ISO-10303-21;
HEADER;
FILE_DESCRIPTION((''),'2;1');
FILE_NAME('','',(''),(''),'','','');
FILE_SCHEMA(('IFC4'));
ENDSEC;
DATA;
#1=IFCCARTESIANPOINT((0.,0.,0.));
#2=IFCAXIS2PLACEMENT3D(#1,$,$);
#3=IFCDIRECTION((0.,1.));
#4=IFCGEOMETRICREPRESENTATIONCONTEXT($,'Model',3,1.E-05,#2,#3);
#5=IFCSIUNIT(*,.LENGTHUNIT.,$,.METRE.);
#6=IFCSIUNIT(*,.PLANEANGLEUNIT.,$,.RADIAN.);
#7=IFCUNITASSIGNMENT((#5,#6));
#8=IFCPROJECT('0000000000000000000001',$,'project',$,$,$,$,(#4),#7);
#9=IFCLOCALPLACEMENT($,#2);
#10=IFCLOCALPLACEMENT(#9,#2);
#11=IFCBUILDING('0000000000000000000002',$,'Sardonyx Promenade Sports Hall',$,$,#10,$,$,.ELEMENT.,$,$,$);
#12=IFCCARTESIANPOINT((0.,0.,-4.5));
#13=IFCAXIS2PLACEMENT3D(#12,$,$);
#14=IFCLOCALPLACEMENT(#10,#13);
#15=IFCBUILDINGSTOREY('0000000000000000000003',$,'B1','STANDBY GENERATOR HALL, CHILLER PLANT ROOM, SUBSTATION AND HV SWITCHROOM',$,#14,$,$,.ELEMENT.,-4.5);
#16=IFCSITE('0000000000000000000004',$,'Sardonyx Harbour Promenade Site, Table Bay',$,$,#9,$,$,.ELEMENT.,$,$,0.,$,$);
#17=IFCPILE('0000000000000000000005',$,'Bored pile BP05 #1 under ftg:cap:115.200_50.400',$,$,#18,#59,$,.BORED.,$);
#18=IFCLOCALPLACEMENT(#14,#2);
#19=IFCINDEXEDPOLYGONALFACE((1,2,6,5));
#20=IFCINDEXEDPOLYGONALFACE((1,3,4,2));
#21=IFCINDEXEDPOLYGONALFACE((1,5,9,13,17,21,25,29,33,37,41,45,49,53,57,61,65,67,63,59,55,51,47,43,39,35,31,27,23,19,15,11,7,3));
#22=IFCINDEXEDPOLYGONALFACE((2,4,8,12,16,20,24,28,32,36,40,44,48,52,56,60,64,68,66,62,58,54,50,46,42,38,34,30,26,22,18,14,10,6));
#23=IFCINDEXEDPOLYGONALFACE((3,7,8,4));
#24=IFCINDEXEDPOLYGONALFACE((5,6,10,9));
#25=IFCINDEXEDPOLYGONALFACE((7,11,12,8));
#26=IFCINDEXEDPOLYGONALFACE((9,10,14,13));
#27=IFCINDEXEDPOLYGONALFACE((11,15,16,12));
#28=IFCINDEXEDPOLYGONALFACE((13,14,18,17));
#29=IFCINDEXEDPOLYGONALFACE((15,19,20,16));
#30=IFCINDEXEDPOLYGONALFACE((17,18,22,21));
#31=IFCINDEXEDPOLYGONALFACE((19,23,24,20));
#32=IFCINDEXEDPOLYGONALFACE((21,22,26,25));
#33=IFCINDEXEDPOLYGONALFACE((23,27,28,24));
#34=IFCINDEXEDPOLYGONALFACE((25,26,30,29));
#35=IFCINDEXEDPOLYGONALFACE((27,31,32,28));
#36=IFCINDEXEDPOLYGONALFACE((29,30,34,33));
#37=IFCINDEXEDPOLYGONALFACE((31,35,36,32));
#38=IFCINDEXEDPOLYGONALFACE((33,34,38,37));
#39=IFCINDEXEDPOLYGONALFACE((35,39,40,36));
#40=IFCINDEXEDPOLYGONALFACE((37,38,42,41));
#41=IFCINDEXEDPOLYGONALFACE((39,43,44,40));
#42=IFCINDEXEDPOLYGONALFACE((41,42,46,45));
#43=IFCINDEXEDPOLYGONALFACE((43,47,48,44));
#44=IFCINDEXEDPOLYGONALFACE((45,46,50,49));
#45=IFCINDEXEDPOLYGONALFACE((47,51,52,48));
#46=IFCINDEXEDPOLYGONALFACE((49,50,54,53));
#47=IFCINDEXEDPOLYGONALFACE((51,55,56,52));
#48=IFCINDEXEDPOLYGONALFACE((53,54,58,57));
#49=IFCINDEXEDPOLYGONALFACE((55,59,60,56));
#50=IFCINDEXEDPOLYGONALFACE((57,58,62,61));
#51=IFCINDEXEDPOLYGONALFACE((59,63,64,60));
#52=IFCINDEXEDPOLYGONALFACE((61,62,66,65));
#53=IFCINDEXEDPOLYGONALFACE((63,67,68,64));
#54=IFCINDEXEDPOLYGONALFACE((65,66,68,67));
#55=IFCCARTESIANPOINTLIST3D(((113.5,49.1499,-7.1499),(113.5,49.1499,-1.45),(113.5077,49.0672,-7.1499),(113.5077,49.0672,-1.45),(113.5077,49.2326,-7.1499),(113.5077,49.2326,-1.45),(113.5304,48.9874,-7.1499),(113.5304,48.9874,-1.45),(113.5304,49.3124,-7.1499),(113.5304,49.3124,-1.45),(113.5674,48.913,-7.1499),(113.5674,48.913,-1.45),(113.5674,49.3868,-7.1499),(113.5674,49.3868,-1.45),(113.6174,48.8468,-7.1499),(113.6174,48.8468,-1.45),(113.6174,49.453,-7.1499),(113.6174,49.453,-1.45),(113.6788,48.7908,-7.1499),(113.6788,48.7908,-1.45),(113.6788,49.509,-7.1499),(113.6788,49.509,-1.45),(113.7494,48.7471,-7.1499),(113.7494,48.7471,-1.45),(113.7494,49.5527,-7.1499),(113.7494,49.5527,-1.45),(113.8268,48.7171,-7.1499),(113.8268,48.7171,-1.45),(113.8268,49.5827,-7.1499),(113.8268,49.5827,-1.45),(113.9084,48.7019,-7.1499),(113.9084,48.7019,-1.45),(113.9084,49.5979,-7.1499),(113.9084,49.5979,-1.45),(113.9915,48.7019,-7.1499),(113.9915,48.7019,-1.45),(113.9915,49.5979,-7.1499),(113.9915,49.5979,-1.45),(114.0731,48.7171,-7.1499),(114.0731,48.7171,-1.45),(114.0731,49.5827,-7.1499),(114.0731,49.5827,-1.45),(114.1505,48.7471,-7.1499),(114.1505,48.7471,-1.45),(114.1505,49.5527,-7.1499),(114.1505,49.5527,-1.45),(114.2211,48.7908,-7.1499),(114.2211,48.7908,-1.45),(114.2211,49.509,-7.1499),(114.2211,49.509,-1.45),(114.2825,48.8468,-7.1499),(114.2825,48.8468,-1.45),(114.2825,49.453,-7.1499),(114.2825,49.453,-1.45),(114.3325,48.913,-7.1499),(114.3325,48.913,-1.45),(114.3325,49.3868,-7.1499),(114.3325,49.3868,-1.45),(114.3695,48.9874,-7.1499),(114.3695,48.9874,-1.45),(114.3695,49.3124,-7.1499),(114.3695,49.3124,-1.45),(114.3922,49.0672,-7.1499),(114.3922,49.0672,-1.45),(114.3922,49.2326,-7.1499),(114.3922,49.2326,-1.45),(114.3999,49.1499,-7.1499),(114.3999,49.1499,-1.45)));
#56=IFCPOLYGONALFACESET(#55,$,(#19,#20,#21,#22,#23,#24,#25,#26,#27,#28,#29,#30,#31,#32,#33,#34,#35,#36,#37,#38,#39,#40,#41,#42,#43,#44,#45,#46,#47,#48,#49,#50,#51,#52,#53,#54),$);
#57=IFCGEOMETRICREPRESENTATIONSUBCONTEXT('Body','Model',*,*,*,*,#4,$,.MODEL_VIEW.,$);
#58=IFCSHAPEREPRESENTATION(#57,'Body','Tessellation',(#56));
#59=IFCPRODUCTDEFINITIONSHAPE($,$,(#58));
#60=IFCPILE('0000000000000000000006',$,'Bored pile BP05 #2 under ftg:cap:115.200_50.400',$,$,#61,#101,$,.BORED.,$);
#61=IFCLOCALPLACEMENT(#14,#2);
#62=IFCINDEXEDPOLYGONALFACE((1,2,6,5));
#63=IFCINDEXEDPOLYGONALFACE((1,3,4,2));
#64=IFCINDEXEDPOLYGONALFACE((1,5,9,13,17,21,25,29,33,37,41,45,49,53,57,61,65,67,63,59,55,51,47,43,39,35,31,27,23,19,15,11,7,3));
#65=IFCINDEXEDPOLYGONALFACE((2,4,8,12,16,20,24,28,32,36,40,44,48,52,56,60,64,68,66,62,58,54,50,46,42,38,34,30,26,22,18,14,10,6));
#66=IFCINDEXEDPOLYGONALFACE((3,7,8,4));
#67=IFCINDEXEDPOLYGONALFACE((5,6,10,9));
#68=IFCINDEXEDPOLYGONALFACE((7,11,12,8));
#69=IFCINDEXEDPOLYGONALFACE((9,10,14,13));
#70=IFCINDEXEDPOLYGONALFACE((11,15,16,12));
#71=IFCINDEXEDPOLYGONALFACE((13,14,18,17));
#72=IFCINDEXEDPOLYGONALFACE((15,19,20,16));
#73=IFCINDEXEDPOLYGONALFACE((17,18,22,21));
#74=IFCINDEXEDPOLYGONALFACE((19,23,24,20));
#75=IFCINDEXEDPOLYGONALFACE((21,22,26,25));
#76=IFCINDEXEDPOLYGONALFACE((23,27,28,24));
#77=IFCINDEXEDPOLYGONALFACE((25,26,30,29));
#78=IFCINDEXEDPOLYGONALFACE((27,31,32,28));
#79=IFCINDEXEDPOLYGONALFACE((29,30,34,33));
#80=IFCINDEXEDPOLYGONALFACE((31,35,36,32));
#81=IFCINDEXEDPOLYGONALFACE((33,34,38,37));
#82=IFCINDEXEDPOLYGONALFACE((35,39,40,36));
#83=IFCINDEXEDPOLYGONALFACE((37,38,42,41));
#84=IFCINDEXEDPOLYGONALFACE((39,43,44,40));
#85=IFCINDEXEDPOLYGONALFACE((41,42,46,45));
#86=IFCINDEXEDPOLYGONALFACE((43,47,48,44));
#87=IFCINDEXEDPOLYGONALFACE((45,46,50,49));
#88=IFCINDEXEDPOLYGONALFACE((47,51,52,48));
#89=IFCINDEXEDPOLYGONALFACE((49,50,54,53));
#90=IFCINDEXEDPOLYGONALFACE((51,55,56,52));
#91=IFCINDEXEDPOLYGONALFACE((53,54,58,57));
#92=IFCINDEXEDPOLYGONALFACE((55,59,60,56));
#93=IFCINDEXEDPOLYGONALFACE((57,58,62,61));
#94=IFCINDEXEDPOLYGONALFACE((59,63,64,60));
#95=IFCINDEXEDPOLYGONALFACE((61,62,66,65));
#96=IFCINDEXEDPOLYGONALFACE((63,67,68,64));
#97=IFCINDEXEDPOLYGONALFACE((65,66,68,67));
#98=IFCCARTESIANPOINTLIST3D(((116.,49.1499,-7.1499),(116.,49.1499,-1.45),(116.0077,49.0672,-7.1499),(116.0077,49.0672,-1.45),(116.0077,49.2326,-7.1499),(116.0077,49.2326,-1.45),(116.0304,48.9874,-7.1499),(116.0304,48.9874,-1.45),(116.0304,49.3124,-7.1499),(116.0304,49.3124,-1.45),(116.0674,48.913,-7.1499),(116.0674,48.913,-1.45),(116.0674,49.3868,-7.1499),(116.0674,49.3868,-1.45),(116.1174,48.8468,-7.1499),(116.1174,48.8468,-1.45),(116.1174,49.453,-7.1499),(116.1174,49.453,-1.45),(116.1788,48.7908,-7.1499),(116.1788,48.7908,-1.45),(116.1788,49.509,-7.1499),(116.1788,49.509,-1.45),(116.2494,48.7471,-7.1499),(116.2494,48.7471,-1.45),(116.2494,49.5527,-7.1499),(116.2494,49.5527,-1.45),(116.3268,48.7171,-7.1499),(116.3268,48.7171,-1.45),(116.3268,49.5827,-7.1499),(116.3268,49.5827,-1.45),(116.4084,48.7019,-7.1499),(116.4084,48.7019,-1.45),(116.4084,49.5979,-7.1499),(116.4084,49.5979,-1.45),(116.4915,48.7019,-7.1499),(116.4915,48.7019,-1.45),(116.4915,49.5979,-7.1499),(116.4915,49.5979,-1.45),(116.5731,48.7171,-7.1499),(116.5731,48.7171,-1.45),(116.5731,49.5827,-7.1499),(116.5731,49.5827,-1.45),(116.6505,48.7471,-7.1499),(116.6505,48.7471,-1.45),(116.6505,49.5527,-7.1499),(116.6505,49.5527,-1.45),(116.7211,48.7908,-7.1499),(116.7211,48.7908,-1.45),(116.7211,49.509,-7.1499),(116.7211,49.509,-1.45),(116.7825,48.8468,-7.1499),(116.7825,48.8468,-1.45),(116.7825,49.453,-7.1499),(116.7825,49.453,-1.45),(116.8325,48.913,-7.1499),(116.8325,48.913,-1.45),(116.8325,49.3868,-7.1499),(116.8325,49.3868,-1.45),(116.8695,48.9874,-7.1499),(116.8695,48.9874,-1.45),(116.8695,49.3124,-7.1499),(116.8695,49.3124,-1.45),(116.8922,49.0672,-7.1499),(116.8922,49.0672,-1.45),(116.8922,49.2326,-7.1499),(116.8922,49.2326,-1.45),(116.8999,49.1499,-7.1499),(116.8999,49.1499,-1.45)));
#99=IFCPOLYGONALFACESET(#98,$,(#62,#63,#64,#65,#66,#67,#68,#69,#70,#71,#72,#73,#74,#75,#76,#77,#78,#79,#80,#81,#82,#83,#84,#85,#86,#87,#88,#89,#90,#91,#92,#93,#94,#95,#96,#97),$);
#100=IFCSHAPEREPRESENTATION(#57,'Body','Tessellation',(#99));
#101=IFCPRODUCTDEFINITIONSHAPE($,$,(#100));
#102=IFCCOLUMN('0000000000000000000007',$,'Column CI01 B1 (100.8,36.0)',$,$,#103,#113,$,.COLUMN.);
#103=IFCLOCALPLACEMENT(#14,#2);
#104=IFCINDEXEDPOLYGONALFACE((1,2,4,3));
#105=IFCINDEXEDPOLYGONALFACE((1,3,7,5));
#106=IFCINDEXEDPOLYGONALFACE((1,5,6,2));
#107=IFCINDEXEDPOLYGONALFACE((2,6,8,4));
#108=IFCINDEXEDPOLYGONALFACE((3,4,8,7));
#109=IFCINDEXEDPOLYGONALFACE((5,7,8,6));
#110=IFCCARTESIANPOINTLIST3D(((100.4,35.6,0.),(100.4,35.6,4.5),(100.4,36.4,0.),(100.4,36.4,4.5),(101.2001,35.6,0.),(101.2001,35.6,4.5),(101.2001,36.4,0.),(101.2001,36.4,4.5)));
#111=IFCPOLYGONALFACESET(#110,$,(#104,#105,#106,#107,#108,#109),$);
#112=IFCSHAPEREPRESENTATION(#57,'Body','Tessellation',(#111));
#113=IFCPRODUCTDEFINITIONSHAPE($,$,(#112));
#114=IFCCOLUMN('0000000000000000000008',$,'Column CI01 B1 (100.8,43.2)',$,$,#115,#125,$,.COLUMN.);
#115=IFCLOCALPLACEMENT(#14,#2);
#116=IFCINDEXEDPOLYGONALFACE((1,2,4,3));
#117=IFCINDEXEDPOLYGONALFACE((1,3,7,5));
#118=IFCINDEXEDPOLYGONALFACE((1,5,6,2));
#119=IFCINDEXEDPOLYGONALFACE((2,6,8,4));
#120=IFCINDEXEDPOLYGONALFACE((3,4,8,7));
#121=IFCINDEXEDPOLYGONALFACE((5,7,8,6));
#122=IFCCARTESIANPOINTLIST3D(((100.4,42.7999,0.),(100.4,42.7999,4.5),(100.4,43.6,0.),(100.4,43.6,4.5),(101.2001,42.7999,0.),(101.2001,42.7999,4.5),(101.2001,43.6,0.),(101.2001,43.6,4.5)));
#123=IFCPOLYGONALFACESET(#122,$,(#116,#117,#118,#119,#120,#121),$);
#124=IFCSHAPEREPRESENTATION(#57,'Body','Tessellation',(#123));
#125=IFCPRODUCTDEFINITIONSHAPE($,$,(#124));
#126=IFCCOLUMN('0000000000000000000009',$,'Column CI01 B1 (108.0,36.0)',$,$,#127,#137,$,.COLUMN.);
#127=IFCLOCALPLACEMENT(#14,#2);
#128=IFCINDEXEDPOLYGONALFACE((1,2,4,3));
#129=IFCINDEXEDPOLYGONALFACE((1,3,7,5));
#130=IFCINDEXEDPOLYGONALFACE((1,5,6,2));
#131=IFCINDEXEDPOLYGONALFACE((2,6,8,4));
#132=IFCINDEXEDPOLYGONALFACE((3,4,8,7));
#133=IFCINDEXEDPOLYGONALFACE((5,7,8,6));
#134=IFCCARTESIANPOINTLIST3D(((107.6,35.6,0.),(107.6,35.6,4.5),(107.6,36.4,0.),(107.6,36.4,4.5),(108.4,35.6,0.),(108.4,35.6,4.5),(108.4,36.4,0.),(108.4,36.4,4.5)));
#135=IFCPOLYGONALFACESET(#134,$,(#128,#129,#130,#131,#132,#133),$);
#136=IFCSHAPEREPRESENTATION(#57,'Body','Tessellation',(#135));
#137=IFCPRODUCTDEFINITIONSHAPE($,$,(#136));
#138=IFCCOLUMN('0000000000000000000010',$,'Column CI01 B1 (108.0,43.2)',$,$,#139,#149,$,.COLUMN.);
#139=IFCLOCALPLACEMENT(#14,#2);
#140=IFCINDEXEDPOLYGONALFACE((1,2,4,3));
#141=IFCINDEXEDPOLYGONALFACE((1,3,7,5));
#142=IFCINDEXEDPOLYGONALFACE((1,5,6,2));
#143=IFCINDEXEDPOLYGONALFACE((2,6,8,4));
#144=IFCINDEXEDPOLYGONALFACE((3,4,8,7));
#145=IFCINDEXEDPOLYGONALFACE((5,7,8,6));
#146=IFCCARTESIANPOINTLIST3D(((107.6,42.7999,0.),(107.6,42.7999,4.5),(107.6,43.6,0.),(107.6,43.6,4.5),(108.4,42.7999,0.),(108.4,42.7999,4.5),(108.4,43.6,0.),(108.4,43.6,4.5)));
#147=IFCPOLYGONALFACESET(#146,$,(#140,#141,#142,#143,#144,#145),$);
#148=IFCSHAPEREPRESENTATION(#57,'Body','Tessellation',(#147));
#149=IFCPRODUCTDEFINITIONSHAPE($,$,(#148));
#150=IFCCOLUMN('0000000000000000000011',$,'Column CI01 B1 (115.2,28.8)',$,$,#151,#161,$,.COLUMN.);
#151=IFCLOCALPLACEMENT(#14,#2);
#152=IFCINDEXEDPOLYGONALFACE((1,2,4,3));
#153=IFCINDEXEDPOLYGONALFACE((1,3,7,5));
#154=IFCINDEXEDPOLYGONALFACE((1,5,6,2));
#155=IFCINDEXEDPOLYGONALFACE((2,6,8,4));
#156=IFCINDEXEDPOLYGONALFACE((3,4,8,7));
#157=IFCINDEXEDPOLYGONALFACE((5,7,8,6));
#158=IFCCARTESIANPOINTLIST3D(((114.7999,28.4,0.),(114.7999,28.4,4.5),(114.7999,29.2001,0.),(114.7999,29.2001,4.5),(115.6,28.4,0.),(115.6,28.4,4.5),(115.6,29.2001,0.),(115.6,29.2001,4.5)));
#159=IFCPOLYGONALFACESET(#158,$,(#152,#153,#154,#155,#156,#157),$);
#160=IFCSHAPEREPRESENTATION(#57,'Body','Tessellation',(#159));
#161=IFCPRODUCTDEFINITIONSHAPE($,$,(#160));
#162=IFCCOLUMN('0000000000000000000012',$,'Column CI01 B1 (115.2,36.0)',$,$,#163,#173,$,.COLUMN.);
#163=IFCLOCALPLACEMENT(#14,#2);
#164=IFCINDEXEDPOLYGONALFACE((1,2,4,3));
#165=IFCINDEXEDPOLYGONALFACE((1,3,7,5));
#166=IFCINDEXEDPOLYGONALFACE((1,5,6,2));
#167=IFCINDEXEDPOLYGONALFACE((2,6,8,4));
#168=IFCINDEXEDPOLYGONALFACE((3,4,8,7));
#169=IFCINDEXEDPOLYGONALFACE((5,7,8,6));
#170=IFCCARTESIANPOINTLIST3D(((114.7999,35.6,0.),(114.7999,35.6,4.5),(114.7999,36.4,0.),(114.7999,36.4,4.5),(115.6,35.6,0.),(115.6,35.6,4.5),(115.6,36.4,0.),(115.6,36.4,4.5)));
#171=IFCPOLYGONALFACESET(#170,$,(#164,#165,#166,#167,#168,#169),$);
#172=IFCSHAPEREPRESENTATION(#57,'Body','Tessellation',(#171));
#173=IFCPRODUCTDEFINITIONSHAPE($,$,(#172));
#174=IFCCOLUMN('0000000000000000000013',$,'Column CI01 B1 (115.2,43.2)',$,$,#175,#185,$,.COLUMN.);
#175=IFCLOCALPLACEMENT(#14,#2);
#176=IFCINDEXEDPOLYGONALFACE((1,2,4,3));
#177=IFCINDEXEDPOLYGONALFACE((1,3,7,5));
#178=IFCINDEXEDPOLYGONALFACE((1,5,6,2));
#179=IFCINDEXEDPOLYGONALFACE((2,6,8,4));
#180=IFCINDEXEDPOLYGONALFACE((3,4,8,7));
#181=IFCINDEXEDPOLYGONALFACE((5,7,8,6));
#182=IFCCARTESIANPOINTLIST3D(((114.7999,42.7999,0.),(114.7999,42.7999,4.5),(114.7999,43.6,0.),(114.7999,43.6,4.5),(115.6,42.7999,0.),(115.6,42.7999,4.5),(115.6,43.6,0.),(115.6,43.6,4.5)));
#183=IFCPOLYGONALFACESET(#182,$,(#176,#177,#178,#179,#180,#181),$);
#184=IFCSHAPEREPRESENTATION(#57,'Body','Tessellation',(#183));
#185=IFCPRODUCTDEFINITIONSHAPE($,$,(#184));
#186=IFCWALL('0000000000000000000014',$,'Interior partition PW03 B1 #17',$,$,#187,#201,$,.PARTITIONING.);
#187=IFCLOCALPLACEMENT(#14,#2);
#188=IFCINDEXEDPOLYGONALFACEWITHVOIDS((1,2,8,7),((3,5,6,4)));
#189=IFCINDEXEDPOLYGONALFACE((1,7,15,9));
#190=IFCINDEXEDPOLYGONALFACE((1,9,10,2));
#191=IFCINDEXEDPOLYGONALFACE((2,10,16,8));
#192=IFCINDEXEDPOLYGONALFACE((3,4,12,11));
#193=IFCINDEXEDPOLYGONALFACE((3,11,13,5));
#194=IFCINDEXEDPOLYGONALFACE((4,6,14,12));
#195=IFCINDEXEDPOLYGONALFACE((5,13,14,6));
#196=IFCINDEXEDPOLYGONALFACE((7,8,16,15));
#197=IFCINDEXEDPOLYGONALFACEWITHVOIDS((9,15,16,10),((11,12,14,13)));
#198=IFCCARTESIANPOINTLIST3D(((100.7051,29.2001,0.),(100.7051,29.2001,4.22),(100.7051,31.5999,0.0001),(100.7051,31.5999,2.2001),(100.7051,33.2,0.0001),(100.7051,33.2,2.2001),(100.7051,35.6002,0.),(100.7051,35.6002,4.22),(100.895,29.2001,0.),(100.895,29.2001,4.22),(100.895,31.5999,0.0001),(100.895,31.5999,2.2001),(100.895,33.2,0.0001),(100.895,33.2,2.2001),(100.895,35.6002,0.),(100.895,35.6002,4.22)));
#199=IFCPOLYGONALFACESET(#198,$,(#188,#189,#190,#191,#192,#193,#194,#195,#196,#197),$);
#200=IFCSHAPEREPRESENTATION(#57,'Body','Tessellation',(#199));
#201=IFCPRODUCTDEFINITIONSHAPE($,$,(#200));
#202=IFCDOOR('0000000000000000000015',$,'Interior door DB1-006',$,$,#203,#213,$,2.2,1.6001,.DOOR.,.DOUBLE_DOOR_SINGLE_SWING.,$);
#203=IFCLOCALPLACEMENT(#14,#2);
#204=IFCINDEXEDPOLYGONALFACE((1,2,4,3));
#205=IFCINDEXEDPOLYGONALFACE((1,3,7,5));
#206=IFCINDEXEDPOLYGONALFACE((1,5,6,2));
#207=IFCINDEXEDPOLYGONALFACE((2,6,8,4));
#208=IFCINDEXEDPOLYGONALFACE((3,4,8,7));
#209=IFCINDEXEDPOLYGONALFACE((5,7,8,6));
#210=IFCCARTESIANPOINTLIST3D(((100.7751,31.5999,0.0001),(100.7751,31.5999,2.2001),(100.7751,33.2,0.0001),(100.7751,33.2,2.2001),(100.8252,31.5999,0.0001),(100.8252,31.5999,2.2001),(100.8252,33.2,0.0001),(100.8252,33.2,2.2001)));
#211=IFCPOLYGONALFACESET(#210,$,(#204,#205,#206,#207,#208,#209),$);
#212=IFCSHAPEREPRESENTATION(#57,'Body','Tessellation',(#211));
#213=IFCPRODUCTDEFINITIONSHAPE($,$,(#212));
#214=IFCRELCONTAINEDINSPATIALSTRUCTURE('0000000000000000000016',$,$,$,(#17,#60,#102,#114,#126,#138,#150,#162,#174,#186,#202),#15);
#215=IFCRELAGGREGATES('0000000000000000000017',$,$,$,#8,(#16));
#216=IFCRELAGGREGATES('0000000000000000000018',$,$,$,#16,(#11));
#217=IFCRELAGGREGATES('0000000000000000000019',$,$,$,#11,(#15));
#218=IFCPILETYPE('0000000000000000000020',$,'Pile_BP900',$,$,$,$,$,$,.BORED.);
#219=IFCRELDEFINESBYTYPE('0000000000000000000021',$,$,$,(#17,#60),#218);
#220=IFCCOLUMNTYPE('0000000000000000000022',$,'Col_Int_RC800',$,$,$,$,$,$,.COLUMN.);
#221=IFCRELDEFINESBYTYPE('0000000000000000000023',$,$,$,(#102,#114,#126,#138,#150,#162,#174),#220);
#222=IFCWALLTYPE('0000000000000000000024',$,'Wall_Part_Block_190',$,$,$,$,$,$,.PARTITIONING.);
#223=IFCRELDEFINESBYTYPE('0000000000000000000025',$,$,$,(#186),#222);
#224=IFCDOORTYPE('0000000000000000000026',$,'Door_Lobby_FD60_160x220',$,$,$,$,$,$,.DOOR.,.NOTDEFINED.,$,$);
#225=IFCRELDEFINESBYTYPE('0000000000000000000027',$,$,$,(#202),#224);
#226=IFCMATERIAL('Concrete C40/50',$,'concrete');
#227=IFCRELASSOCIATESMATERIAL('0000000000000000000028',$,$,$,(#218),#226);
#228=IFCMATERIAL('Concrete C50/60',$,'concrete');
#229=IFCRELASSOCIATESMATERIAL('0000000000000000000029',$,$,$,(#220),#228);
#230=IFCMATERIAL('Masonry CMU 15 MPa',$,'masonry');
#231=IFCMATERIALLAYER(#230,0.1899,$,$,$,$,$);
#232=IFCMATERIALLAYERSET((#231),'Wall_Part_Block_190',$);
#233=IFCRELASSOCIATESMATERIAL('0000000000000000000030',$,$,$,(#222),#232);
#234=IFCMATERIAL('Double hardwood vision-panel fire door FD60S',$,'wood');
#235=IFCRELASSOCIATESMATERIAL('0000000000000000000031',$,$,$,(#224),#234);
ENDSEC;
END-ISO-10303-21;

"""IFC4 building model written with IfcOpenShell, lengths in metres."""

from ifc_helpers import new_model, si_unit, direction, frame, frame_2d, origin, origin_2d, place, context, subcontext, project, spatial, rectangle, circle, extrude, material, layer, layer_set, material_profile, profile_set, type_object, element, fill, save


model = new_model("IFC4")

# Units and contexts
model_context = context("Model", 3, precision=1e-05, world=origin(), true_north=direction((0.0, 1.0)))
body_context = subcontext(model_context, "Body", "Model", "MODEL_VIEW")
ifc_project = project(units=[si_unit("LENGTHUNIT", "METRE"), si_unit("PLANEANGLEUNIT", "RADIAN")], contexts=[model_context])

# Site, building, storey
site_placement = place(None, origin())
site = spatial("IfcSite", under=ifc_project, at=site_placement, Name="Sardonyx Harbour Promenade Site, Table Bay", CompositionType="ELEMENT", RefElevation=0.0)
building_placement = place(site_placement, origin())
building = spatial("IfcBuilding", under=site, at=building_placement, Name="Sardonyx Promenade Sports Hall", CompositionType="ELEMENT")
storey_placement = place(building_placement, frame((0.0, 0.0, -4.5)))
storey = spatial("IfcBuildingStorey", under=building, at=storey_placement, Name="B1", Description="STANDBY GENERATOR HALL, CHILLER PLANT ROOM, SUBSTATION AND HV SWITCHROOM", CompositionType="ELEMENT", Elevation=-4.5)

# Piles
ifc_material_1 = material(Name="Concrete C40/50", Category="concrete")
ifc_material_profile_1 = material_profile(ifc_material_1, circle(Radius=0.45, at=origin_2d()))
ifc_profile_set_1 = profile_set([ifc_material_profile_1], Name="Concrete C40/50")
pile_type_1 = type_object("IfcPileType", Name="Pile_BP900", PredefinedType="BORED", material=ifc_profile_set_1)
for number, where, z_axis, x_axis, name in (
    (1, (113.95, 49.1499, -1.45), (0.0, 0.0, -1.0), (1.0, 0.0, 0.0), "Bored pile BP05 #1 under ftg:cap:115.200_50.400"),
    (2, (116.45, 49.1499, -1.45), (0.0, 0.0, -1.0), (1.0, 0.0, 0.0), "Bored pile BP05 #2 under ftg:cap:115.200_50.400"),
):
    element("IfcPile", number, at=place(storey_placement, frame(where, z_axis=z_axis, x_axis=x_axis)), inside=storey, type_object=pile_type_1, Name=name, PredefinedType="BORED", context=body_context, shape_type="SweptSolid", body=[
        extrude(circle(Radius=0.45, at=origin_2d()), origin(), (0.0, 0.0, 1.0), 5.7),
    ])

# Columns
ifc_material_2 = material(Name="Concrete C50/60", Category="concrete")
ifc_material_profile_2 = material_profile(ifc_material_2, rectangle(XDim=0.8, YDim=0.8, at=origin_2d()))
ifc_profile_set_2 = profile_set([ifc_material_profile_2], Name="Concrete C50/60")
column_type = type_object("IfcColumnType", Name="Col_Int_RC800", PredefinedType="COLUMN", material=ifc_profile_set_2)
for number, where, z_axis, x_axis, name in (
    (3, (100.8, 36.0, 0.0), (0.0, 0.0, 1.0), (1.0, 0.0, 0.0), "Column CI01 B1 (100.8,36.0)"),
    (4, (100.8, 43.2, 0.0), (0.0, 0.0, 1.0), (1.0, 0.0, 0.0), "Column CI01 B1 (100.8,43.2)"),
    (5, (108.0, 36.0, 0.0), (0.0, 0.0, 1.0), (1.0, 0.0, 0.0), "Column CI01 B1 (108.0,36.0)"),
    (6, (108.0, 43.2, 0.0), (0.0, 0.0, 1.0), (1.0, 0.0, 0.0), "Column CI01 B1 (108.0,43.2)"),
    (7, (115.2, 28.8, 0.0), (0.0, 0.0, 1.0), (1.0, 0.0, 0.0), "Column CI01 B1 (115.2,28.8)"),
    (8, (115.2, 36.0, 0.0), (0.0, 0.0, 1.0), (1.0, 0.0, 0.0), "Column CI01 B1 (115.2,36.0)"),
    (9, (115.2, 43.2, 0.0), (0.0, 0.0, 1.0), (1.0, 0.0, 0.0), "Column CI01 B1 (115.2,43.2)"),
):
    element("IfcColumn", number, at=place(storey_placement, frame(where, z_axis=z_axis, x_axis=x_axis)), inside=storey, type_object=column_type, Name=name, PredefinedType="COLUMN", context=body_context, shape_type="SweptSolid", body=[
        extrude(rectangle(XDim=0.8, YDim=0.8, at=origin_2d()), origin(), (0.0, 0.0, 1.0), 4.5),
    ])

# Wall, opening, door
ifc_material_3 = material(Name="Masonry CMU 15 MPa", Category="masonry")
ifc_layer_1 = layer(ifc_material_3, 0.1899)
ifc_layer_set_1 = layer_set([ifc_layer_1], Name="Wall_Part_Block_190")
wall_type_1 = type_object("IfcWallType", Name="Wall_Part_Block_190", PredefinedType="PARTITIONING", material=ifc_layer_set_1)
wall_1_placement = place(storey_placement, frame((100.8, 29.2, 0.0), z_axis=(0.0, 0.0, 1.0), x_axis=(0.0, 1.0, 0.0)))
wall_1 = element("IfcWall", 10, at=wall_1_placement, inside=storey, type_object=wall_type_1, Name="Interior partition PW03 B1 #17", PredefinedType="PARTITIONING", context=body_context, shape_type="SweptSolid", body=[
    extrude(rectangle(XDim=6.4001, YDim=0.1899, at=frame_2d((3.2002, 0.0))), origin(), (0.0, 0.0, 1.0), 4.22),
])
opening_1_placement = place(wall_1_placement, frame((2.3999, 0.0, 0.0)))
opening_1 = element("IfcOpeningElement", 11, at=opening_1_placement, cuts=wall_1, PredefinedType="OPENING", context=body_context, shape_type="SweptSolid", body=[
    extrude(rectangle(XDim=1.6001, YDim=2.2, at=frame_2d((0.8, 1.1001))), frame((0.0, 0.105, 0.0), z_axis=(0.0, -1.0, 0.0), x_axis=(1.0, 0.0, 0.0)), (0.0, 0.0, 1.0), 0.21),
])
ifc_material_4 = material(Name="Double hardwood vision-panel fire door FD60S", Category="wood")
door_type_1 = type_object("IfcDoorType", Name="Door_Lobby_FD60_160x220", OperationType="NOTDEFINED", PredefinedType="DOOR", material=ifc_material_4)
door_1_placement = place(opening_1_placement, origin())
door_1 = element("IfcDoor", 12, at=door_1_placement, inside=storey, type_object=door_type_1, Name="Interior door DB1-006", OperationType="DOUBLE_DOOR_SINGLE_SWING", OverallHeight=2.2, OverallWidth=1.6001, PredefinedType="DOOR", context=body_context, shape_type="SweptSolid", body=[
    extrude(rectangle(XDim=1.6001, YDim=2.2, at=frame_2d((0.8, 1.1001))), frame((0.0, 0.0249, 0.0), z_axis=(0.0, -1.0, 0.0), x_axis=(1.0, 0.0, 0.0)), (0.0, 0.0, 1.0), 0.05),
])
fill(opening_1, door_1)

save(model, "model.ifc")
